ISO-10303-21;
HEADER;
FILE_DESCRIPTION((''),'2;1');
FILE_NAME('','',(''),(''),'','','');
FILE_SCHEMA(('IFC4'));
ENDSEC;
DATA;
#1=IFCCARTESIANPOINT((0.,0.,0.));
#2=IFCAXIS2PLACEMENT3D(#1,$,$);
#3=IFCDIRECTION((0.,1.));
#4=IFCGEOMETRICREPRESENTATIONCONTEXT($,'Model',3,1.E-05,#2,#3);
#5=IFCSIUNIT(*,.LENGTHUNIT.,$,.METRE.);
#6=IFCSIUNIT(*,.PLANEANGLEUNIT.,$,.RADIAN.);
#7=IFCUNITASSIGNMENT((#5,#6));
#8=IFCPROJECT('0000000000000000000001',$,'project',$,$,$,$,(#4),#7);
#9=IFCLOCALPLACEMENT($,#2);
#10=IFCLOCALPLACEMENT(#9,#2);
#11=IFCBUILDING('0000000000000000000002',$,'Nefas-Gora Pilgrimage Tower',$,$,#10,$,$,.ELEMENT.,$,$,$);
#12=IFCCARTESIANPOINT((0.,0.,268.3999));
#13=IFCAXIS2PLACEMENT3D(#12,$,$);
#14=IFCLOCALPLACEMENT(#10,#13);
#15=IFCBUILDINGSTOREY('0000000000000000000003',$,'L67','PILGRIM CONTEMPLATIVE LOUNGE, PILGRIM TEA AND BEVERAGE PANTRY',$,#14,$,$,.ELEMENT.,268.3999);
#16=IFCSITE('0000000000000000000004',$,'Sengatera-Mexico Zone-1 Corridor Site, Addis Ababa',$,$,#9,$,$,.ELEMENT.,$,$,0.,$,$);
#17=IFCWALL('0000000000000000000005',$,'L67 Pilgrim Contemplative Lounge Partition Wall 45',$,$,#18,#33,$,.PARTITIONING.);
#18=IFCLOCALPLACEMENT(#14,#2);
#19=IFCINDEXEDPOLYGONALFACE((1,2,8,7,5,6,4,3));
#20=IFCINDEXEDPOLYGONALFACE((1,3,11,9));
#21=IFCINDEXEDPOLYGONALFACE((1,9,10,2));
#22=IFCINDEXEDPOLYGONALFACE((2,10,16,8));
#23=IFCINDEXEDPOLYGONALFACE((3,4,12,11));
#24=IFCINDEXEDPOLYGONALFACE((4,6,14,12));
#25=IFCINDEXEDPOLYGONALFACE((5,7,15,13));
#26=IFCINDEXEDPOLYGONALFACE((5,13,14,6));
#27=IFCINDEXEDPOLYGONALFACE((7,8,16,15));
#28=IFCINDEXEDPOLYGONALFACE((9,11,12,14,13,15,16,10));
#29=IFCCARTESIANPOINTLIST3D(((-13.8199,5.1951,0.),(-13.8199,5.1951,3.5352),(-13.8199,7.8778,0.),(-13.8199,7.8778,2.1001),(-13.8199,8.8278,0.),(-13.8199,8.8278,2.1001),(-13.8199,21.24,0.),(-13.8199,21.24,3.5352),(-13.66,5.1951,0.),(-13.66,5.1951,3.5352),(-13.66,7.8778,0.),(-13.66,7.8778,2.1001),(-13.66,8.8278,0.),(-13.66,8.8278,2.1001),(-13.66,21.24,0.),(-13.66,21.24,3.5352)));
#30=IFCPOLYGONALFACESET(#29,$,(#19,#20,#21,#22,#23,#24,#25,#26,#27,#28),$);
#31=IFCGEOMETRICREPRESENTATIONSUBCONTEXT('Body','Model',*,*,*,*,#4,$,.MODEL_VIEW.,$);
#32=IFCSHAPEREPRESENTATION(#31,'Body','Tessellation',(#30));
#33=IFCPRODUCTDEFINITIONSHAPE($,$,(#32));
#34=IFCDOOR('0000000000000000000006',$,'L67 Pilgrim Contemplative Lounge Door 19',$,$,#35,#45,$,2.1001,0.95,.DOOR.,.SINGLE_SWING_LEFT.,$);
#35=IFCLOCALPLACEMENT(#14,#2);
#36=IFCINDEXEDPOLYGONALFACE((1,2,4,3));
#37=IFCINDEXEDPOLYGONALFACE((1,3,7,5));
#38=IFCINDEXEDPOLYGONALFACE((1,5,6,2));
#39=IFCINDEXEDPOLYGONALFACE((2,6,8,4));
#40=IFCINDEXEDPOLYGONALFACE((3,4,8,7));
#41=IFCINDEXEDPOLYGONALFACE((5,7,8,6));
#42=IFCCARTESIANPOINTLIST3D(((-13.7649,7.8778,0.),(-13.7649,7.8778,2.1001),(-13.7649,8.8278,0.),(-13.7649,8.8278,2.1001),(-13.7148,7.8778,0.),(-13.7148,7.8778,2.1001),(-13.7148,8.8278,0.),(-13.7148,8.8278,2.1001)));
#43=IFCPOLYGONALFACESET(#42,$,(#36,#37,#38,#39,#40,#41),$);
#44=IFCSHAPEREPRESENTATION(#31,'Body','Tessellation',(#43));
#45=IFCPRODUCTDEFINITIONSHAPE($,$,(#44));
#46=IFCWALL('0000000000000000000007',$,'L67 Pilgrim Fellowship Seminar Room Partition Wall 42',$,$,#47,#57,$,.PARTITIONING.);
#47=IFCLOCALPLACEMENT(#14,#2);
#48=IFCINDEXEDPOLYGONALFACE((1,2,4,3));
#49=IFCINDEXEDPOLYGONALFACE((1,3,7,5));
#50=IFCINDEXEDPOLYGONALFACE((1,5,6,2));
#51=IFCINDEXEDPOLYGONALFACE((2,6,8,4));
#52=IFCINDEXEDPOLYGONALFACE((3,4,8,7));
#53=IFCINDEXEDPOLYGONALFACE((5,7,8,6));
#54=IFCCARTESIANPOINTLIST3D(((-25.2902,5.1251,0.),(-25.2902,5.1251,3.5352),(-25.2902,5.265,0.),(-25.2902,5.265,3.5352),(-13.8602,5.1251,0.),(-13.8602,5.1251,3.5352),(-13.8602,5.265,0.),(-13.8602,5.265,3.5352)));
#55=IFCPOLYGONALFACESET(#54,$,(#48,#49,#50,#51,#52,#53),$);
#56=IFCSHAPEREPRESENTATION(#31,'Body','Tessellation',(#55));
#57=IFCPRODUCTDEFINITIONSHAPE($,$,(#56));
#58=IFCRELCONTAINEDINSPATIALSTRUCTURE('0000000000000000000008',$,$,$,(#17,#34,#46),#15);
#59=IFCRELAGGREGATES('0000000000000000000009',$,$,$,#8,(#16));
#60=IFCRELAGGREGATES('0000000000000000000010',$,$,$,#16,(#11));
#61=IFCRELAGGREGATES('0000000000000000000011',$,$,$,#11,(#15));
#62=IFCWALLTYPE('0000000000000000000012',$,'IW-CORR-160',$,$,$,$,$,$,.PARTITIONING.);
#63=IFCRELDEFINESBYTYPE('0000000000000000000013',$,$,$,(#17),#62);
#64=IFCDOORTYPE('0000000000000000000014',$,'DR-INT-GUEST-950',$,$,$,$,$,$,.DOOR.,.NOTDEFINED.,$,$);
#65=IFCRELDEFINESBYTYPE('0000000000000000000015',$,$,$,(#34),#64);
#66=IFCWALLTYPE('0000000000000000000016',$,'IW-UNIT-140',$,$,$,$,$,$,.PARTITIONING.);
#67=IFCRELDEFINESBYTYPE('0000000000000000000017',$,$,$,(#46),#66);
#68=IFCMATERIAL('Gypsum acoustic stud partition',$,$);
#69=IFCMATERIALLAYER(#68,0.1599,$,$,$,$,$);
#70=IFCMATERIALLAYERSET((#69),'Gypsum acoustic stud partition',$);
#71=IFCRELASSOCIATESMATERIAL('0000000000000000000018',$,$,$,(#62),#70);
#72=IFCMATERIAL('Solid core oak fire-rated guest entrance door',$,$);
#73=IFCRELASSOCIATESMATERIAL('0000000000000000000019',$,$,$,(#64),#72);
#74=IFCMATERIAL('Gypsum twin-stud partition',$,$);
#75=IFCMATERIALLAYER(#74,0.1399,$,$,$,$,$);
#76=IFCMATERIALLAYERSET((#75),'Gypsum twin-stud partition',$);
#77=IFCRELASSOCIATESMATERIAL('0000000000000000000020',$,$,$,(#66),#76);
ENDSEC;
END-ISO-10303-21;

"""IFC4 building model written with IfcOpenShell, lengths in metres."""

from ifc_helpers import new_model, si_unit, direction, frame, frame_2d, origin, place, context, subcontext, project, spatial, rectangle, extrude, source, transform, mapped, material, layer, layer_set, type_object, element, fill, save


model = new_model("IFC4")

# Units and contexts
model_context = context("Model", 3, precision=1e-05, world=origin(), true_north=direction((0.0, 1.0)))
body_context = subcontext(model_context, "Body", "Model", "MODEL_VIEW")
ifc_project = project(units=[si_unit("LENGTHUNIT", "METRE"), si_unit("PLANEANGLEUNIT", "RADIAN")], contexts=[model_context])

# Site, building, storey
site_placement = place(None, origin())
site = spatial("IfcSite", under=ifc_project, at=site_placement, Name="Sengatera-Mexico Zone-1 Corridor Site, Addis Ababa", CompositionType="ELEMENT", RefElevation=0.0)
building_placement = place(site_placement, origin())
building = spatial("IfcBuilding", under=site, at=building_placement, Name="Nefas-Gora Pilgrimage Tower", CompositionType="ELEMENT")
storey_placement = place(building_placement, frame((0.0, 0.0, 268.3999)))
storey = spatial("IfcBuildingStorey", under=building, at=storey_placement, Name="L67", Description="PILGRIM CONTEMPLATIVE LOUNGE, PILGRIM TEA AND BEVERAGE PANTRY", CompositionType="ELEMENT", Elevation=268.3999)

# Wall, opening, door
ifc_material_1 = material(Name="Gypsum acoustic stud partition")
ifc_layer_1 = layer(ifc_material_1, 0.1599)
ifc_layer_set_1 = layer_set([ifc_layer_1], Name="Gypsum acoustic stud partition")
wall_type_1 = type_object("IfcWallType", Name="IW-CORR-160", PredefinedType="PARTITIONING", material=ifc_layer_set_1)
ifc_material_2 = material(Name="Solid core oak fire-rated guest entrance door")
door_type = type_object("IfcDoorType", Name="DR-INT-GUEST-950", OperationType="NOTDEFINED", PredefinedType="DOOR", material=ifc_material_2)
shared_shape_1 = source(origin(), body_context, "Body", "SweptSolid", [
    extrude(rectangle(XDim=0.95, YDim=2.1001, at=frame_2d((0.4751, 1.05))), frame((0.0, 0.0249, 0.0), z_axis=(0.0, -1.0, 0.0), x_axis=(1.0, 0.0, 0.0)), (0.0, 0.0, 1.0), 0.05),
])
shared_shape_2 = source(origin(), body_context, "Body", "SweptSolid", [
    extrude(rectangle(XDim=16.0449, YDim=0.1599, at=frame_2d((8.0225, 0.0))), origin(), (0.0, 0.0, 1.0), 3.5352),
])
wall_1_placement = place(storey_placement, frame((-13.74, 5.1951, 0.0), z_axis=(0.0, 0.0, 1.0), x_axis=(0.0, 1.0, 0.0)))
wall_1 = element("IfcWall", 1, at=wall_1_placement, inside=storey, type_object=wall_type_1, Name="L67 Pilgrim Contemplative Lounge Partition Wall 45", PredefinedType="PARTITIONING", context=body_context, shape_type="MappedRepresentation", body=[
    mapped(shared_shape_2, transform((0.0, 0.0, 0.0), x_axis=(1.0, 0.0, 0.0), y_axis=(0.0, 1.0, 0.0), z_axis=(0.0, 0.0, 1.0), scale=1.0)),
])
opening_1_placement = place(wall_1_placement, frame((2.6826, 0.0, 0.0)))
opening_1 = element("IfcOpeningElement", 2, at=opening_1_placement, cuts=wall_1, PredefinedType="OPENING", context=body_context, shape_type="SweptSolid", body=[
    extrude(rectangle(XDim=0.95, YDim=2.1001, at=frame_2d((0.4751, 1.05))), frame((0.0, 0.0898, 0.0), z_axis=(0.0, -1.0, 0.0), x_axis=(1.0, 0.0, 0.0)), (0.0, 0.0, 1.0), 0.1799),
])
door_1_placement = place(opening_1_placement, origin())
door_1 = element("IfcDoor", 3, at=door_1_placement, inside=storey, type_object=door_type, Name="L67 Pilgrim Contemplative Lounge Door 19", OperationType="SINGLE_SWING_LEFT", OverallHeight=2.1001, OverallWidth=0.95, PredefinedType="DOOR", context=body_context, shape_type="MappedRepresentation", body=[
    mapped(shared_shape_1, transform((0.0, 0.0, 0.0), x_axis=(1.0, 0.0, 0.0), y_axis=(0.0, 1.0, 0.0), z_axis=(0.0, 0.0, 1.0), scale=1.0)),
])
fill(opening_1, door_1)

# Wall
ifc_material_3 = material(Name="Gypsum twin-stud partition")
ifc_layer_2 = layer(ifc_material_3, 0.1399)
ifc_layer_set_2 = layer_set([ifc_layer_2], Name="Gypsum twin-stud partition")
wall_type_2 = type_object("IfcWallType", Name="IW-UNIT-140", PredefinedType="PARTITIONING", material=ifc_layer_set_2)
shared_shape_3 = source(origin(), body_context, "Body", "SweptSolid", [
    extrude(rectangle(XDim=11.4299, YDim=0.1399, at=frame_2d((5.7148, 0.0))), origin(), (0.0, 0.0, 1.0), 3.5352),
])
wall_2_placement = place(storey_placement, frame((-25.29, 5.1951, 0.0), z_axis=(0.0, 0.0, 1.0), x_axis=(1.0, 0.0, 0.0)))
element("IfcWall", 4, at=wall_2_placement, inside=storey, type_object=wall_type_2, Name="L67 Pilgrim Fellowship Seminar Room Partition Wall 42", PredefinedType="PARTITIONING", context=body_context, shape_type="MappedRepresentation", body=[
    mapped(shared_shape_3, transform((0.0, 0.0, 0.0), x_axis=(1.0, 0.0, 0.0), y_axis=(0.0, 1.0, 0.0), z_axis=(0.0, 0.0, 1.0), scale=1.0)),
])

save(model, "model.ifc")
